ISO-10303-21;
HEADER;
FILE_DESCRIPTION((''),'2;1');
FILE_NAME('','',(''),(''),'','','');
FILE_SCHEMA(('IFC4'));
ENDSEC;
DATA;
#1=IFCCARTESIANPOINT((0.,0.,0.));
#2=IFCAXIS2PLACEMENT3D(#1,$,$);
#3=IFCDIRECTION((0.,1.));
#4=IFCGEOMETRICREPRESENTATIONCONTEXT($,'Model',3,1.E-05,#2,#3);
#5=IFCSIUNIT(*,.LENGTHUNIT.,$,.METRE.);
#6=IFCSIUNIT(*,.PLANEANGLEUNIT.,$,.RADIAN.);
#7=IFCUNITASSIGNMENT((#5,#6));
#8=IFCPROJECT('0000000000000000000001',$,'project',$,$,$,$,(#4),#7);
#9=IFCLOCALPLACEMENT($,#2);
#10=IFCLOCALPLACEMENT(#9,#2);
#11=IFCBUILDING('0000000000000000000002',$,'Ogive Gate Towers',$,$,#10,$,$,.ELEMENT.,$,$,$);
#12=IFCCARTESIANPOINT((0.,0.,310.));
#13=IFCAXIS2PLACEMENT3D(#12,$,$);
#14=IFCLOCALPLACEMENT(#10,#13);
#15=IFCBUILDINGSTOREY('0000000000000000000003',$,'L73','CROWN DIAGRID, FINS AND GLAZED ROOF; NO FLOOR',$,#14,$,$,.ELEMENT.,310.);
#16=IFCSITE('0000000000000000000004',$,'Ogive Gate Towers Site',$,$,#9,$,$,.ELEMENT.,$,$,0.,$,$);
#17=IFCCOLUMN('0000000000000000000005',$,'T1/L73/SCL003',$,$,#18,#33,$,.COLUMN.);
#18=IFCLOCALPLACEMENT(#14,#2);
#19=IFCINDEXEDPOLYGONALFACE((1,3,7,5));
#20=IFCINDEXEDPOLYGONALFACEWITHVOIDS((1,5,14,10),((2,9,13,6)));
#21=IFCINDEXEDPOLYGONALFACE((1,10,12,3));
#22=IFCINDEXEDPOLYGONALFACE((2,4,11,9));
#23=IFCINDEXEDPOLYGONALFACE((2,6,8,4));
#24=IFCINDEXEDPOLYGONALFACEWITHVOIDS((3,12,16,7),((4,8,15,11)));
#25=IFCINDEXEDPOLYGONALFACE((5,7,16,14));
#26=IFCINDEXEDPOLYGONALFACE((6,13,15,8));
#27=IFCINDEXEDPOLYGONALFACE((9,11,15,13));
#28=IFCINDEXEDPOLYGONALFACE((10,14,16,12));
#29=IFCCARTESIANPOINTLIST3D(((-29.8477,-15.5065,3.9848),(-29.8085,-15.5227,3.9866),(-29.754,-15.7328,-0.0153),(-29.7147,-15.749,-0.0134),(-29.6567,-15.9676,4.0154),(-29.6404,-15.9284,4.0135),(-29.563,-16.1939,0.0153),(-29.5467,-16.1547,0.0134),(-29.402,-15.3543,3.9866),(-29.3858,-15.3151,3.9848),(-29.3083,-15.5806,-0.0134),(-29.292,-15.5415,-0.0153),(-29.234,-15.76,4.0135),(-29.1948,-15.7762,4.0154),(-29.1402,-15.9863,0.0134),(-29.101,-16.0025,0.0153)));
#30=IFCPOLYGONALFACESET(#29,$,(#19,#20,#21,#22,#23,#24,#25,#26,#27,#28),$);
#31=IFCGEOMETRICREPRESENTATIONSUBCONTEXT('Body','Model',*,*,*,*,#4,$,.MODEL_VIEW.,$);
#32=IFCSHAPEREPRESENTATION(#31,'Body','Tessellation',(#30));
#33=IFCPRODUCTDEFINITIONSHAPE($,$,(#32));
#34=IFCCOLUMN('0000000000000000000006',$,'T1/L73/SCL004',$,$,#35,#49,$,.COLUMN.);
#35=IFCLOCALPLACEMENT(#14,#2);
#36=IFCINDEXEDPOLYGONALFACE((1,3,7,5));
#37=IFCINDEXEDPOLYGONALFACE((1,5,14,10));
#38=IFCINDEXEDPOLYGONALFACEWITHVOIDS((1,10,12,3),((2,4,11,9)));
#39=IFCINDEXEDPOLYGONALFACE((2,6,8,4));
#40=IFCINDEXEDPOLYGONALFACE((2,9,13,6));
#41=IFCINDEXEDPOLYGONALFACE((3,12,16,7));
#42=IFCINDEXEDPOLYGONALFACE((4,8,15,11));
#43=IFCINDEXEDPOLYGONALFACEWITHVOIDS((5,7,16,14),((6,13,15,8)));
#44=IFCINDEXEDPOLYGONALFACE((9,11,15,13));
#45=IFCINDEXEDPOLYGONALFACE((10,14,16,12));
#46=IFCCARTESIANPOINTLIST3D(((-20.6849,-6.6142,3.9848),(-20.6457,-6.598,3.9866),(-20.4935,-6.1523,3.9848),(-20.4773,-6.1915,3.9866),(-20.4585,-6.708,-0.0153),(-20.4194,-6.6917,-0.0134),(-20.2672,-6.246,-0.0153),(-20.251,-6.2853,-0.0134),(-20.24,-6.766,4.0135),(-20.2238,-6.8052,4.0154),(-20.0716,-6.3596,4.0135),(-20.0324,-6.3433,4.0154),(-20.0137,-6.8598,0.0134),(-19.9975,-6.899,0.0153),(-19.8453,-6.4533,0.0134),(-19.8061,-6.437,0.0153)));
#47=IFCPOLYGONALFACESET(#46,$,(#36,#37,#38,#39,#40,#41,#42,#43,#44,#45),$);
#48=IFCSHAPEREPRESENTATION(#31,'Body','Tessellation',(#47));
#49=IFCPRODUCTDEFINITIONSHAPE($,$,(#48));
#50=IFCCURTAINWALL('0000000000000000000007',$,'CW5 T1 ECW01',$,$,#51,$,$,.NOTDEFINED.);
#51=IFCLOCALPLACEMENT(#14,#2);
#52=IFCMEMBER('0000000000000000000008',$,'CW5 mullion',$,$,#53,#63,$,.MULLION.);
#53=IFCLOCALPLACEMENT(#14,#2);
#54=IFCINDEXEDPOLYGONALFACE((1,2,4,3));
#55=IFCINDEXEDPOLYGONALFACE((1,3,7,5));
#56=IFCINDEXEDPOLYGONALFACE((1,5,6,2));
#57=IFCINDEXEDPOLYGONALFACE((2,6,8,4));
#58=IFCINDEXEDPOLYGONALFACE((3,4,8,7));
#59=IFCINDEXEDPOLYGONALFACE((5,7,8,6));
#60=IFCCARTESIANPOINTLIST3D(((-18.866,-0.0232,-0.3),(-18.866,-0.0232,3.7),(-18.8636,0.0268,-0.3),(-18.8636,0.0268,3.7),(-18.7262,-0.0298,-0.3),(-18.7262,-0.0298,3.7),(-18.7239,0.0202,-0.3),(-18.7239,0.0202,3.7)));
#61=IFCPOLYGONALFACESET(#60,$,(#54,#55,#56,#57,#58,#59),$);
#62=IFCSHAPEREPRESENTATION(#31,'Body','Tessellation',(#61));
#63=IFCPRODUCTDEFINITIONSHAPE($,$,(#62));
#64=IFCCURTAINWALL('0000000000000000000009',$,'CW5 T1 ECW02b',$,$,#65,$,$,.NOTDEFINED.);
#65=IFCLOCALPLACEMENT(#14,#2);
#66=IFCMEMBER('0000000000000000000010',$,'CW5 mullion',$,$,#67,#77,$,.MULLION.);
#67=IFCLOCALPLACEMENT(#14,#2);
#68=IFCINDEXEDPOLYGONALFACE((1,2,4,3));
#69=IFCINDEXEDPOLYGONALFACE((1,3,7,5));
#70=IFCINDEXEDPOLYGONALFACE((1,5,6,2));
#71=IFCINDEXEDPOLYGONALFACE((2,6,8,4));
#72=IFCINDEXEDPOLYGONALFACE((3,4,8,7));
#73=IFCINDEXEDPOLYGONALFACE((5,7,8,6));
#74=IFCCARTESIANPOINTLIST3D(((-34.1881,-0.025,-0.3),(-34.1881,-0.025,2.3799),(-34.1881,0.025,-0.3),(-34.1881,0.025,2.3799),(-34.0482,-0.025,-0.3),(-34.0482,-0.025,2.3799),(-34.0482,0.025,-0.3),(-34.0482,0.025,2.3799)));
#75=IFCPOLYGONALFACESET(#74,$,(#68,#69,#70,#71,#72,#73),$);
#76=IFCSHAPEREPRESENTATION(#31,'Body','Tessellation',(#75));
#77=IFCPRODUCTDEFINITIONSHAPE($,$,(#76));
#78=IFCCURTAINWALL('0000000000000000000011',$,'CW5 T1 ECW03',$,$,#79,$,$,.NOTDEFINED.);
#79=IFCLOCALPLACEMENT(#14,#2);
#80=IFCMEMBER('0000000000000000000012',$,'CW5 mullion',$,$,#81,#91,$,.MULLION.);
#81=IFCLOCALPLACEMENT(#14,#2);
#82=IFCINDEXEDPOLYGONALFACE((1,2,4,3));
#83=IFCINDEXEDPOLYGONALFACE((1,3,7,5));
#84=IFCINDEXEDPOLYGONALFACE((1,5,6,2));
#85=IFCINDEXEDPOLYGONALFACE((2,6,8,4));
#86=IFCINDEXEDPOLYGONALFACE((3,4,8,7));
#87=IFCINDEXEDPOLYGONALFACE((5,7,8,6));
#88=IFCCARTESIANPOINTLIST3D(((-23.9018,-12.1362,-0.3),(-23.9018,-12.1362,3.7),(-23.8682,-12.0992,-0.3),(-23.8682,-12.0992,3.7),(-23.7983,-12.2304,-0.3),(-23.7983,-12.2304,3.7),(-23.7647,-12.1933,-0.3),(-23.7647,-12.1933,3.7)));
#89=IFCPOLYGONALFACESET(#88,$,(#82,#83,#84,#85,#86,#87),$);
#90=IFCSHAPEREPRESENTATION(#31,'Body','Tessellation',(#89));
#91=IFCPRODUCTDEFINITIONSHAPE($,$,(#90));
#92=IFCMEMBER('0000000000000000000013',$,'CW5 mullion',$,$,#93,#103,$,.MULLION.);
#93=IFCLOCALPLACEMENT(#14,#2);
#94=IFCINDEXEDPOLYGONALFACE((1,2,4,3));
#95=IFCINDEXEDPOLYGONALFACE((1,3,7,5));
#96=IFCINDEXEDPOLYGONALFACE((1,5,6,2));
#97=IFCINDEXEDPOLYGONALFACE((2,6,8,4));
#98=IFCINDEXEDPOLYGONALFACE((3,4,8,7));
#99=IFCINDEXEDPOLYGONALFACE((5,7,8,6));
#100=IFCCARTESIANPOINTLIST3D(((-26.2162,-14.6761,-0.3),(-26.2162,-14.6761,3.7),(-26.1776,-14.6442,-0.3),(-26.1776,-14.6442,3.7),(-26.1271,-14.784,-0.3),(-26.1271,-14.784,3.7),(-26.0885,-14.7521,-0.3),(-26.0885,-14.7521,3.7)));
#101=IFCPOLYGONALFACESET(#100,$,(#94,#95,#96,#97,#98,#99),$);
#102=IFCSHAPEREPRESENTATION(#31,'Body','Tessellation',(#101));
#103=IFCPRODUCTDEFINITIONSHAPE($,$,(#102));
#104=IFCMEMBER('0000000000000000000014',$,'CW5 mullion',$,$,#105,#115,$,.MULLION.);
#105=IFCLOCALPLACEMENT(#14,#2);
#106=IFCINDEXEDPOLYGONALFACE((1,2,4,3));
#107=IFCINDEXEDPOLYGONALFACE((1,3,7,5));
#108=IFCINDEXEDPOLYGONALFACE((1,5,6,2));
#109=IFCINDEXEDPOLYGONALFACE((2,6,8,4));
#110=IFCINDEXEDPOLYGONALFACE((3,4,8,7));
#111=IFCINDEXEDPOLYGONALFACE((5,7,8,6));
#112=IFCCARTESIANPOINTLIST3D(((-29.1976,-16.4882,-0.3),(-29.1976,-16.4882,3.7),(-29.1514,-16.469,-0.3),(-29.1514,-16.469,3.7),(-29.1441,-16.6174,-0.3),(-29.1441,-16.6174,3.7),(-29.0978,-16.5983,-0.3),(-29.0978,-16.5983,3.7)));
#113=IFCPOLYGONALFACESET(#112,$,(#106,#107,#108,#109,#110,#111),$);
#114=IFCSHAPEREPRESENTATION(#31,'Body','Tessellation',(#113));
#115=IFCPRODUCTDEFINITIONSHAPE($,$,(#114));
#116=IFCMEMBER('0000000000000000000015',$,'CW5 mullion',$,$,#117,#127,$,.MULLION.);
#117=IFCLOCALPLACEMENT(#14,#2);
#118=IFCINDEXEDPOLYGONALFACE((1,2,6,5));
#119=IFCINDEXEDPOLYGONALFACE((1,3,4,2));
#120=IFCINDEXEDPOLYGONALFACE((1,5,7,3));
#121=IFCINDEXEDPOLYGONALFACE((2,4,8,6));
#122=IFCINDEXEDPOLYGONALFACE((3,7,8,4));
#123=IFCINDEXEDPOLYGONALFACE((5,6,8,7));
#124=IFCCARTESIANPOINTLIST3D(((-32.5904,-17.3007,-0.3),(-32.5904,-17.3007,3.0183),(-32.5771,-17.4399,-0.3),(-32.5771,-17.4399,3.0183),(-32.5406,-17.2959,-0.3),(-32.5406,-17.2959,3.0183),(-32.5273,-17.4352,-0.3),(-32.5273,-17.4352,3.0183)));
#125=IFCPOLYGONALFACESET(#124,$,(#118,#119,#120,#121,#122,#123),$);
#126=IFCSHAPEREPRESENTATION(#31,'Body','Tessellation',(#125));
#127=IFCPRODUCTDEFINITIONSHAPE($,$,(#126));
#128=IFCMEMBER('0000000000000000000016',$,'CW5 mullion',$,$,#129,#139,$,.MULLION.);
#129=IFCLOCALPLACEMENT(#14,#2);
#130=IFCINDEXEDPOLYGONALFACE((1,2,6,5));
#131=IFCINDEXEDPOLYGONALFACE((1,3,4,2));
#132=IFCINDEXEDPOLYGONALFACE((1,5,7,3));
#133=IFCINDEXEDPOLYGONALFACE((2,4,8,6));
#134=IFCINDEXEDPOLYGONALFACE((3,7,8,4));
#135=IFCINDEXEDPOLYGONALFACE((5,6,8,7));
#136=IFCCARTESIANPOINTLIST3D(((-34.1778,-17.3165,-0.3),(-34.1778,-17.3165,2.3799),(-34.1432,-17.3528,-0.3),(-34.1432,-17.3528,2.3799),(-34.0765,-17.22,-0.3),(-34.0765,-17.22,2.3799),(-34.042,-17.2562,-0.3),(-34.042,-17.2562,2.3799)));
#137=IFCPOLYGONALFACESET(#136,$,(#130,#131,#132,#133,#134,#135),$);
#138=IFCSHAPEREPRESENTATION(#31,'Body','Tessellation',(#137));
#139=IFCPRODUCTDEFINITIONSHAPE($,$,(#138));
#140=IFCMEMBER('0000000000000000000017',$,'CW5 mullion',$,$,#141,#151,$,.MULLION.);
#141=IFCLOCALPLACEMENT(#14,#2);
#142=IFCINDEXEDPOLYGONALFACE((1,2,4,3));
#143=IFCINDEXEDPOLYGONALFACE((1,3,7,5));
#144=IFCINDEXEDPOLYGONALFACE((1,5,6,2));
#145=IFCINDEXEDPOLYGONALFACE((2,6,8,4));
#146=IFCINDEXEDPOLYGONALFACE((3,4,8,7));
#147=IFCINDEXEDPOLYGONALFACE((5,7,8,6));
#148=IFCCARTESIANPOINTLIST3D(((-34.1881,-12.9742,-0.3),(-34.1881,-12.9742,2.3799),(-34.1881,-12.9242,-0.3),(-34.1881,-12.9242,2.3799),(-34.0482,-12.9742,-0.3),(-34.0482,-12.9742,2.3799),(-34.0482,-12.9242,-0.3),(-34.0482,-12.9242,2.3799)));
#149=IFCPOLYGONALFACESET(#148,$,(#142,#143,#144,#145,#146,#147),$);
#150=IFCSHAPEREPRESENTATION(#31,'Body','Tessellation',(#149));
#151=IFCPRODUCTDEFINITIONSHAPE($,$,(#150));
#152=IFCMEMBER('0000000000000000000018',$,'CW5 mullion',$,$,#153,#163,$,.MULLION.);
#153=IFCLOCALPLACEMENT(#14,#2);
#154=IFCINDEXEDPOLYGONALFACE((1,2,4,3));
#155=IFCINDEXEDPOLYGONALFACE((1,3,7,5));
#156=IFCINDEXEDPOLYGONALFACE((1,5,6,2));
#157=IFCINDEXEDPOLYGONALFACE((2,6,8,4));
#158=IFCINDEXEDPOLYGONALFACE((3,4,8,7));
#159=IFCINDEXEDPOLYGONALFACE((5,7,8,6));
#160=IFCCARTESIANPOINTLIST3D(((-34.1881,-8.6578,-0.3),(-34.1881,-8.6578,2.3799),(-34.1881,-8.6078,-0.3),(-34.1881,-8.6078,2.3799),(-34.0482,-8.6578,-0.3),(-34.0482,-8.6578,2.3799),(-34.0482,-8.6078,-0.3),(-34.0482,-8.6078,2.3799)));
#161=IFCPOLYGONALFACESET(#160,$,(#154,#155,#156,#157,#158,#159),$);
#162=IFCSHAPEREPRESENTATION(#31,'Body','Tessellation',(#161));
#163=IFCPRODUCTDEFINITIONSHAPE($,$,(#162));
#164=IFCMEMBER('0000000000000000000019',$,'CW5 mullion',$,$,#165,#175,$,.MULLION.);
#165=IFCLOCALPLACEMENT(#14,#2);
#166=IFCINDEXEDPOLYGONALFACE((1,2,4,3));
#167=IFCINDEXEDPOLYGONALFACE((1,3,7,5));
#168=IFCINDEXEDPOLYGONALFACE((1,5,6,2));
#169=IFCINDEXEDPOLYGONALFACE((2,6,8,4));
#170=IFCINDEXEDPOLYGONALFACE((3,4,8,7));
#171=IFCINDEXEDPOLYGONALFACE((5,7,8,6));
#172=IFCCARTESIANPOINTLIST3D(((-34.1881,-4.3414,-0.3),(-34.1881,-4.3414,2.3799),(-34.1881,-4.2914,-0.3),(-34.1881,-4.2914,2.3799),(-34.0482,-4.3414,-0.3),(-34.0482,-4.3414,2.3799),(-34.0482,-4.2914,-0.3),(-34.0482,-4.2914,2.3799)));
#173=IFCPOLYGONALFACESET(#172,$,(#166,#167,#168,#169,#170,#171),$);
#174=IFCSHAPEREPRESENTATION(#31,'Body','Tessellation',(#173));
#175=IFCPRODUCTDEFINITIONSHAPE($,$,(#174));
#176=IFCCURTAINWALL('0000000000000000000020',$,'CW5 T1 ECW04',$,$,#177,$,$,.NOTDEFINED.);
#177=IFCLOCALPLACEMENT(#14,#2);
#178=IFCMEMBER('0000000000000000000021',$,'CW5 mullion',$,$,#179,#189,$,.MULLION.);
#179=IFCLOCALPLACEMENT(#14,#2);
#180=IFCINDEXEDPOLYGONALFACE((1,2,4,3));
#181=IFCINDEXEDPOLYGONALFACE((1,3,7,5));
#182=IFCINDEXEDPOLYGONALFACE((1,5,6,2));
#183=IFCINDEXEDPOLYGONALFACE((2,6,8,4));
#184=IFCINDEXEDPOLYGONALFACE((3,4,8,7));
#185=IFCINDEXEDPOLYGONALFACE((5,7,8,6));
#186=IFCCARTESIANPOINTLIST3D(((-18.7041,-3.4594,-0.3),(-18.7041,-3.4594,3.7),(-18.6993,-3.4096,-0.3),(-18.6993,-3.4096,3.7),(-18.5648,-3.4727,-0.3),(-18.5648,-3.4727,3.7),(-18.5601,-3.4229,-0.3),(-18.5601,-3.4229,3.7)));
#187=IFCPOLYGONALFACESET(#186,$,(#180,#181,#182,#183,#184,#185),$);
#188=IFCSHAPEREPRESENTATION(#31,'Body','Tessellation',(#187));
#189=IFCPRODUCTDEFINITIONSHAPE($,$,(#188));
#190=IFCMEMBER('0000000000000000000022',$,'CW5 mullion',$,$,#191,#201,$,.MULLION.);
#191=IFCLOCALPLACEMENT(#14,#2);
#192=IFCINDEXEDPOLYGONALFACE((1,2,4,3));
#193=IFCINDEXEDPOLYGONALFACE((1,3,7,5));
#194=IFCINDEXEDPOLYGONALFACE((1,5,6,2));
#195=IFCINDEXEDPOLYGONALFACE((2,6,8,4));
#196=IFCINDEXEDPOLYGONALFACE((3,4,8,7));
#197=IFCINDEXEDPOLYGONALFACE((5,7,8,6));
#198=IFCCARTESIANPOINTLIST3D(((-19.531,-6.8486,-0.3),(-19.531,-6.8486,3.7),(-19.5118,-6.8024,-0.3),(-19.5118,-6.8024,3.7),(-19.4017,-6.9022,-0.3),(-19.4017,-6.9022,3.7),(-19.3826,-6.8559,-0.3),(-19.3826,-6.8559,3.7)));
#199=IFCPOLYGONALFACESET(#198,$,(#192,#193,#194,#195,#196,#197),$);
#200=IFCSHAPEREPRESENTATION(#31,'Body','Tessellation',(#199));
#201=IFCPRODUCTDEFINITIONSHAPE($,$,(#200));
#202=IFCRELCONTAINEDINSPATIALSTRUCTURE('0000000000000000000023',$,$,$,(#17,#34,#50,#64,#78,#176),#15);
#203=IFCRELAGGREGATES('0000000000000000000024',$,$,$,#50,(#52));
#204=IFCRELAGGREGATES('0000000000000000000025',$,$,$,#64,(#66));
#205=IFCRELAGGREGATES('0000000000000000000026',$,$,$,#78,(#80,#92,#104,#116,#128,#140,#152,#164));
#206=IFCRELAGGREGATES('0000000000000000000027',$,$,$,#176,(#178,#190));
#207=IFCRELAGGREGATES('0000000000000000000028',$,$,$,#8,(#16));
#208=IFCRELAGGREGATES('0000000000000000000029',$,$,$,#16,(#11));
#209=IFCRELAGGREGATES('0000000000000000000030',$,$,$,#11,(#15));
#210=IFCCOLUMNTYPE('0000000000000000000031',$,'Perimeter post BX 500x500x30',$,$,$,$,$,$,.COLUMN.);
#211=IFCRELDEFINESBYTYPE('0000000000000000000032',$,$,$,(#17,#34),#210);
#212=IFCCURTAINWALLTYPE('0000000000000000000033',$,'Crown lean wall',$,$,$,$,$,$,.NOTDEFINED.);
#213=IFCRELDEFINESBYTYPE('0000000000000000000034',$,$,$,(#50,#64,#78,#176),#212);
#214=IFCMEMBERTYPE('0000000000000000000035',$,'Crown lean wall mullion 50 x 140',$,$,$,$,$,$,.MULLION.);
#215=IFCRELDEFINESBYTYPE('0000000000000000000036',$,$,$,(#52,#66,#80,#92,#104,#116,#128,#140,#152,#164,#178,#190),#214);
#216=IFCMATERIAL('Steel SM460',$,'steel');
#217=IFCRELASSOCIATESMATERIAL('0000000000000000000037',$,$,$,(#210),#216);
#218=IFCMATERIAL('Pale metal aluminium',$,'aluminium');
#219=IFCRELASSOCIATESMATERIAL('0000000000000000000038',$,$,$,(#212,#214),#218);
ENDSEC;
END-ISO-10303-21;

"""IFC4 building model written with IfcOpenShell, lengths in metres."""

from ifc_helpers import new_model, si_unit, direction, frame, origin, origin_2d, place, context, subcontext, project, spatial, rectangle, hollow_rectangle, extrude, material, material_profile, profile_set, type_object, element, aggregate, save


model = new_model("IFC4")

# Units and contexts
model_context = context("Model", 3, precision=1e-05, world=origin(), true_north=direction((0.0, 1.0)))
body_context = subcontext(model_context, "Body", "Model", "MODEL_VIEW")
ifc_project = project(units=[si_unit("LENGTHUNIT", "METRE"), si_unit("PLANEANGLEUNIT", "RADIAN")], contexts=[model_context])

# Site, building, storey
site_placement = place(None, origin())
site = spatial("IfcSite", under=ifc_project, at=site_placement, Name="Ogive Gate Towers Site", CompositionType="ELEMENT", RefElevation=0.0)
building_placement = place(site_placement, origin())
building = spatial("IfcBuilding", under=site, at=building_placement, Name="Ogive Gate Towers", CompositionType="ELEMENT")
storey_placement = place(building_placement, frame((0.0, 0.0, 310.0)))
storey = spatial("IfcBuildingStorey", under=building, at=storey_placement, Name="L73", Description="CROWN DIAGRID, FINS AND GLAZED ROOF; NO FLOOR", CompositionType="ELEMENT", Elevation=310.0)

# Columns
ifc_material_1 = material(Name="Steel SM460", Category="steel")
ifc_material_profile_1 = material_profile(ifc_material_1, hollow_rectangle(XDim=0.5, YDim=0.5, WallThickness=0.03, at=origin_2d()), Name="BX 500x500x30")
ifc_profile_set_1 = profile_set([ifc_material_profile_1], Name="Steel SM460")
column_type = type_object("IfcColumnType", Name="Perimeter post BX 500x500x30", PredefinedType="COLUMN", material=ifc_profile_set_1)
for number, where, z_axis, x_axis, name in (
    (1, (-29.4275, -15.8677, 0.0), (-0.023394, 0.056474, 0.99813), (-0.923871, -0.382704, 0.0), "T1/L73/SCL003"),
    (2, (-20.1323, -6.5725, 0.0), (-0.056474, 0.023394, 0.99813), (-0.382704, -0.923871, 0.0), "T1/L73/SCL004"),
):
    element("IfcColumn", number, at=place(storey_placement, frame(where, z_axis=z_axis, x_axis=x_axis)), inside=storey, type_object=column_type, Name=name, PredefinedType="COLUMN", context=body_context, shape_type="SweptSolid", body=[
        extrude(hollow_rectangle(XDim=0.5, YDim=0.5, WallThickness=0.03, at=origin_2d()), origin(), (0.0, 0.0, 1.0), 4.0076),
    ])

# Curtain walls, members
ifc_material_2 = material(Name="Pale metal aluminium", Category="aluminium")
curtain_wall_type = type_object("IfcCurtainWallType", Name="Crown lean wall", PredefinedType="NOTDEFINED", material=ifc_material_2)
curtain_wall_1_placement = place(storey_placement, origin())
curtain_wall_1 = element("IfcCurtainWall", 3, at=curtain_wall_1_placement, inside=storey, type_object=curtain_wall_type, Name="CW5 T1 ECW01", PredefinedType="NOTDEFINED")
ifc_material_profile_2 = material_profile(ifc_material_2, rectangle(XDim=0.1399, YDim=0.05, at=origin_2d()), Name="50 x 140 aluminium box")
ifc_profile_set_2 = profile_set([ifc_material_profile_2], Name="Pale metal aluminium")
member_type_1 = type_object("IfcMemberType", Name="Crown lean wall mullion 50 x 140", PredefinedType="MULLION", material=ifc_profile_set_2)
member_1_placement = place(storey_placement, frame((-18.7949, -0.0015, -0.3), z_axis=(0.0, 0.0, 1.0), x_axis=(-0.998881, 0.047298, 0.0)))
member_1 = element("IfcMember", 4, at=member_1_placement, type_object=member_type_1, Name="CW5 mullion", PredefinedType="MULLION", context=body_context, shape_type="SweptSolid", body=[
    extrude(rectangle(XDim=0.1399, YDim=0.05, at=origin_2d()), origin(), (0.0, 0.0, 1.0), 4.0),
])
aggregate(curtain_wall_1, [member_1])
curtain_wall_2_placement = place(storey_placement, origin())
curtain_wall_2 = element("IfcCurtainWall", 5, at=curtain_wall_2_placement, inside=storey, type_object=curtain_wall_type, Name="CW5 T1 ECW02b", PredefinedType="NOTDEFINED")
member_2_placement = place(storey_placement, frame((-34.1182, 0.0, -0.3), z_axis=(0.0, 0.0, 1.0), x_axis=(1.0, 0.0, 0.0)))
member_2 = element("IfcMember", 6, at=member_2_placement, type_object=member_type_1, Name="CW5 mullion", PredefinedType="MULLION", context=body_context, shape_type="SweptSolid", body=[
    extrude(rectangle(XDim=0.1399, YDim=0.05, at=origin_2d()), origin(), (0.0, 0.0, 1.0), 2.6799),
])
aggregate(curtain_wall_2, [member_2])

# Curtain walls, members
curtain_wall_3_placement = place(storey_placement, origin())
curtain_wall_3 = element("IfcCurtainWall", 7, at=curtain_wall_3_placement, inside=storey, type_object=curtain_wall_type, Name="CW5 T1 ECW03", PredefinedType="NOTDEFINED")
member_3_placement = place(storey_placement, frame((-23.8333, -12.1648, -0.3), z_axis=(0.0, 0.0, 1.0), x_axis=(-0.739772, 0.672858, 0.0)))
member_3 = element("IfcMember", 8, at=member_3_placement, type_object=member_type_1, Name="CW5 mullion", PredefinedType="MULLION", context=body_context, shape_type="SweptSolid", body=[
    extrude(rectangle(XDim=0.1399, YDim=0.05, at=origin_2d()), origin(), (0.0, 0.0, 1.0), 4.0),
])
member_4_placement = place(storey_placement, frame((-26.1523, -14.7141, -0.3), z_axis=(0.0, 0.0, 1.0), x_axis=(-0.636913, 0.770936, 0.0)))
member_4 = element("IfcMember", 9, at=member_4_placement, type_object=member_type_1, Name="CW5 mullion", PredefinedType="MULLION", context=body_context, shape_type="SweptSolid", body=[
    extrude(rectangle(XDim=0.1399, YDim=0.05, at=origin_2d()), origin(), (0.0, 0.0, 1.0), 4.0),
])
member_5_placement = place(storey_placement, frame((-29.1477, -16.5432, -0.3), z_axis=(0.0, 0.0, 1.0), x_axis=(-0.382683, 0.92388, 0.0)))
member_5 = element("IfcMember", 10, at=member_5_placement, type_object=member_type_1, Name="CW5 mullion", PredefinedType="MULLION", context=body_context, shape_type="SweptSolid", body=[
    extrude(rectangle(XDim=0.1399, YDim=0.05, at=origin_2d()), origin(), (0.0, 0.0, 1.0), 4.0),
])
member_6_placement = place(storey_placement, frame((-32.5588, -17.3679, -0.3), z_axis=(0.0, 0.0, 1.0), x_axis=(-0.094769, 0.995499, 0.0)))
member_6 = element("IfcMember", 11, at=member_6_placement, type_object=member_type_1, Name="CW5 mullion", PredefinedType="MULLION", context=body_context, shape_type="SweptSolid", body=[
    extrude(rectangle(XDim=0.1399, YDim=0.05, at=origin_2d()), origin(), (0.0, 0.0, 1.0), 3.3184),
])
member_7_placement = place(storey_placement, frame((-34.1099, -17.2864, -0.3), z_axis=(0.0, 0.0, 1.0), x_axis=(0.723642, 0.690175, 0.0)))
member_7 = element("IfcMember", 12, at=member_7_placement, type_object=member_type_1, Name="CW5 mullion", PredefinedType="MULLION", context=body_context, shape_type="SweptSolid", body=[
    extrude(rectangle(XDim=0.1399, YDim=0.05, at=origin_2d()), origin(), (0.0, 0.0, 1.0), 2.6799),
])
member_8_placement = place(storey_placement, frame((-34.1182, -12.9492, -0.3), z_axis=(0.0, 0.0, 1.0), x_axis=(1.0, 0.0, 0.0)))
member_8 = element("IfcMember", 13, at=member_8_placement, type_object=member_type_1, Name="CW5 mullion", PredefinedType="MULLION", context=body_context, shape_type="SweptSolid", body=[
    extrude(rectangle(XDim=0.1399, YDim=0.05, at=origin_2d()), origin(), (0.0, 0.0, 1.0), 2.6799),
])
member_9_placement = place(storey_placement, frame((-34.1182, -8.6328, -0.3), z_axis=(0.0, 0.0, 1.0), x_axis=(1.0, 0.0, 0.0)))
member_9 = element("IfcMember", 14, at=member_9_placement, type_object=member_type_1, Name="CW5 mullion", PredefinedType="MULLION", context=body_context, shape_type="SweptSolid", body=[
    extrude(rectangle(XDim=0.1399, YDim=0.05, at=origin_2d()), origin(), (0.0, 0.0, 1.0), 2.6799),
])
member_10_placement = place(storey_placement, frame((-34.1182, -4.3164, -0.3), z_axis=(0.0, 0.0, 1.0), x_axis=(1.0, 0.0, 0.0)))
member_10 = element("IfcMember", 15, at=member_10_placement, type_object=member_type_1, Name="CW5 mullion", PredefinedType="MULLION", context=body_context, shape_type="SweptSolid", body=[
    extrude(rectangle(XDim=0.1399, YDim=0.05, at=origin_2d()), origin(), (0.0, 0.0, 1.0), 2.6799),
])
curtain_wall_4_placement = place(storey_placement, origin())
curtain_wall_4 = element("IfcCurtainWall", 16, at=curtain_wall_4_placement, inside=storey, type_object=curtain_wall_type, Name="CW5 T1 ECW04", PredefinedType="NOTDEFINED")
member_11_placement = place(storey_placement, frame((-18.6321, -3.4412, -0.3), z_axis=(0.0, 0.0, 1.0), x_axis=(-0.995499, 0.094769, 0.0)))
member_11 = element("IfcMember", 17, at=member_11_placement, type_object=member_type_1, Name="CW5 mullion", PredefinedType="MULLION", context=body_context, shape_type="SweptSolid", body=[
    extrude(rectangle(XDim=0.1399, YDim=0.05, at=origin_2d()), origin(), (0.0, 0.0, 1.0), 4.0),
])
member_12_placement = place(storey_placement, frame((-19.4568, -6.8523, -0.3), z_axis=(0.0, 0.0, 1.0), x_axis=(-0.92388, 0.382683, 0.0)))
member_12 = element("IfcMember", 18, at=member_12_placement, type_object=member_type_1, Name="CW5 mullion", PredefinedType="MULLION", context=body_context, shape_type="SweptSolid", body=[
    extrude(rectangle(XDim=0.1399, YDim=0.05, at=origin_2d()), origin(), (0.0, 0.0, 1.0), 4.0),
])

aggregate(curtain_wall_3, [member_3, member_4, member_5, member_6, member_7, member_8, member_9, member_10])
aggregate(curtain_wall_4, [member_11, member_12])

save(model, "model.ifc")
